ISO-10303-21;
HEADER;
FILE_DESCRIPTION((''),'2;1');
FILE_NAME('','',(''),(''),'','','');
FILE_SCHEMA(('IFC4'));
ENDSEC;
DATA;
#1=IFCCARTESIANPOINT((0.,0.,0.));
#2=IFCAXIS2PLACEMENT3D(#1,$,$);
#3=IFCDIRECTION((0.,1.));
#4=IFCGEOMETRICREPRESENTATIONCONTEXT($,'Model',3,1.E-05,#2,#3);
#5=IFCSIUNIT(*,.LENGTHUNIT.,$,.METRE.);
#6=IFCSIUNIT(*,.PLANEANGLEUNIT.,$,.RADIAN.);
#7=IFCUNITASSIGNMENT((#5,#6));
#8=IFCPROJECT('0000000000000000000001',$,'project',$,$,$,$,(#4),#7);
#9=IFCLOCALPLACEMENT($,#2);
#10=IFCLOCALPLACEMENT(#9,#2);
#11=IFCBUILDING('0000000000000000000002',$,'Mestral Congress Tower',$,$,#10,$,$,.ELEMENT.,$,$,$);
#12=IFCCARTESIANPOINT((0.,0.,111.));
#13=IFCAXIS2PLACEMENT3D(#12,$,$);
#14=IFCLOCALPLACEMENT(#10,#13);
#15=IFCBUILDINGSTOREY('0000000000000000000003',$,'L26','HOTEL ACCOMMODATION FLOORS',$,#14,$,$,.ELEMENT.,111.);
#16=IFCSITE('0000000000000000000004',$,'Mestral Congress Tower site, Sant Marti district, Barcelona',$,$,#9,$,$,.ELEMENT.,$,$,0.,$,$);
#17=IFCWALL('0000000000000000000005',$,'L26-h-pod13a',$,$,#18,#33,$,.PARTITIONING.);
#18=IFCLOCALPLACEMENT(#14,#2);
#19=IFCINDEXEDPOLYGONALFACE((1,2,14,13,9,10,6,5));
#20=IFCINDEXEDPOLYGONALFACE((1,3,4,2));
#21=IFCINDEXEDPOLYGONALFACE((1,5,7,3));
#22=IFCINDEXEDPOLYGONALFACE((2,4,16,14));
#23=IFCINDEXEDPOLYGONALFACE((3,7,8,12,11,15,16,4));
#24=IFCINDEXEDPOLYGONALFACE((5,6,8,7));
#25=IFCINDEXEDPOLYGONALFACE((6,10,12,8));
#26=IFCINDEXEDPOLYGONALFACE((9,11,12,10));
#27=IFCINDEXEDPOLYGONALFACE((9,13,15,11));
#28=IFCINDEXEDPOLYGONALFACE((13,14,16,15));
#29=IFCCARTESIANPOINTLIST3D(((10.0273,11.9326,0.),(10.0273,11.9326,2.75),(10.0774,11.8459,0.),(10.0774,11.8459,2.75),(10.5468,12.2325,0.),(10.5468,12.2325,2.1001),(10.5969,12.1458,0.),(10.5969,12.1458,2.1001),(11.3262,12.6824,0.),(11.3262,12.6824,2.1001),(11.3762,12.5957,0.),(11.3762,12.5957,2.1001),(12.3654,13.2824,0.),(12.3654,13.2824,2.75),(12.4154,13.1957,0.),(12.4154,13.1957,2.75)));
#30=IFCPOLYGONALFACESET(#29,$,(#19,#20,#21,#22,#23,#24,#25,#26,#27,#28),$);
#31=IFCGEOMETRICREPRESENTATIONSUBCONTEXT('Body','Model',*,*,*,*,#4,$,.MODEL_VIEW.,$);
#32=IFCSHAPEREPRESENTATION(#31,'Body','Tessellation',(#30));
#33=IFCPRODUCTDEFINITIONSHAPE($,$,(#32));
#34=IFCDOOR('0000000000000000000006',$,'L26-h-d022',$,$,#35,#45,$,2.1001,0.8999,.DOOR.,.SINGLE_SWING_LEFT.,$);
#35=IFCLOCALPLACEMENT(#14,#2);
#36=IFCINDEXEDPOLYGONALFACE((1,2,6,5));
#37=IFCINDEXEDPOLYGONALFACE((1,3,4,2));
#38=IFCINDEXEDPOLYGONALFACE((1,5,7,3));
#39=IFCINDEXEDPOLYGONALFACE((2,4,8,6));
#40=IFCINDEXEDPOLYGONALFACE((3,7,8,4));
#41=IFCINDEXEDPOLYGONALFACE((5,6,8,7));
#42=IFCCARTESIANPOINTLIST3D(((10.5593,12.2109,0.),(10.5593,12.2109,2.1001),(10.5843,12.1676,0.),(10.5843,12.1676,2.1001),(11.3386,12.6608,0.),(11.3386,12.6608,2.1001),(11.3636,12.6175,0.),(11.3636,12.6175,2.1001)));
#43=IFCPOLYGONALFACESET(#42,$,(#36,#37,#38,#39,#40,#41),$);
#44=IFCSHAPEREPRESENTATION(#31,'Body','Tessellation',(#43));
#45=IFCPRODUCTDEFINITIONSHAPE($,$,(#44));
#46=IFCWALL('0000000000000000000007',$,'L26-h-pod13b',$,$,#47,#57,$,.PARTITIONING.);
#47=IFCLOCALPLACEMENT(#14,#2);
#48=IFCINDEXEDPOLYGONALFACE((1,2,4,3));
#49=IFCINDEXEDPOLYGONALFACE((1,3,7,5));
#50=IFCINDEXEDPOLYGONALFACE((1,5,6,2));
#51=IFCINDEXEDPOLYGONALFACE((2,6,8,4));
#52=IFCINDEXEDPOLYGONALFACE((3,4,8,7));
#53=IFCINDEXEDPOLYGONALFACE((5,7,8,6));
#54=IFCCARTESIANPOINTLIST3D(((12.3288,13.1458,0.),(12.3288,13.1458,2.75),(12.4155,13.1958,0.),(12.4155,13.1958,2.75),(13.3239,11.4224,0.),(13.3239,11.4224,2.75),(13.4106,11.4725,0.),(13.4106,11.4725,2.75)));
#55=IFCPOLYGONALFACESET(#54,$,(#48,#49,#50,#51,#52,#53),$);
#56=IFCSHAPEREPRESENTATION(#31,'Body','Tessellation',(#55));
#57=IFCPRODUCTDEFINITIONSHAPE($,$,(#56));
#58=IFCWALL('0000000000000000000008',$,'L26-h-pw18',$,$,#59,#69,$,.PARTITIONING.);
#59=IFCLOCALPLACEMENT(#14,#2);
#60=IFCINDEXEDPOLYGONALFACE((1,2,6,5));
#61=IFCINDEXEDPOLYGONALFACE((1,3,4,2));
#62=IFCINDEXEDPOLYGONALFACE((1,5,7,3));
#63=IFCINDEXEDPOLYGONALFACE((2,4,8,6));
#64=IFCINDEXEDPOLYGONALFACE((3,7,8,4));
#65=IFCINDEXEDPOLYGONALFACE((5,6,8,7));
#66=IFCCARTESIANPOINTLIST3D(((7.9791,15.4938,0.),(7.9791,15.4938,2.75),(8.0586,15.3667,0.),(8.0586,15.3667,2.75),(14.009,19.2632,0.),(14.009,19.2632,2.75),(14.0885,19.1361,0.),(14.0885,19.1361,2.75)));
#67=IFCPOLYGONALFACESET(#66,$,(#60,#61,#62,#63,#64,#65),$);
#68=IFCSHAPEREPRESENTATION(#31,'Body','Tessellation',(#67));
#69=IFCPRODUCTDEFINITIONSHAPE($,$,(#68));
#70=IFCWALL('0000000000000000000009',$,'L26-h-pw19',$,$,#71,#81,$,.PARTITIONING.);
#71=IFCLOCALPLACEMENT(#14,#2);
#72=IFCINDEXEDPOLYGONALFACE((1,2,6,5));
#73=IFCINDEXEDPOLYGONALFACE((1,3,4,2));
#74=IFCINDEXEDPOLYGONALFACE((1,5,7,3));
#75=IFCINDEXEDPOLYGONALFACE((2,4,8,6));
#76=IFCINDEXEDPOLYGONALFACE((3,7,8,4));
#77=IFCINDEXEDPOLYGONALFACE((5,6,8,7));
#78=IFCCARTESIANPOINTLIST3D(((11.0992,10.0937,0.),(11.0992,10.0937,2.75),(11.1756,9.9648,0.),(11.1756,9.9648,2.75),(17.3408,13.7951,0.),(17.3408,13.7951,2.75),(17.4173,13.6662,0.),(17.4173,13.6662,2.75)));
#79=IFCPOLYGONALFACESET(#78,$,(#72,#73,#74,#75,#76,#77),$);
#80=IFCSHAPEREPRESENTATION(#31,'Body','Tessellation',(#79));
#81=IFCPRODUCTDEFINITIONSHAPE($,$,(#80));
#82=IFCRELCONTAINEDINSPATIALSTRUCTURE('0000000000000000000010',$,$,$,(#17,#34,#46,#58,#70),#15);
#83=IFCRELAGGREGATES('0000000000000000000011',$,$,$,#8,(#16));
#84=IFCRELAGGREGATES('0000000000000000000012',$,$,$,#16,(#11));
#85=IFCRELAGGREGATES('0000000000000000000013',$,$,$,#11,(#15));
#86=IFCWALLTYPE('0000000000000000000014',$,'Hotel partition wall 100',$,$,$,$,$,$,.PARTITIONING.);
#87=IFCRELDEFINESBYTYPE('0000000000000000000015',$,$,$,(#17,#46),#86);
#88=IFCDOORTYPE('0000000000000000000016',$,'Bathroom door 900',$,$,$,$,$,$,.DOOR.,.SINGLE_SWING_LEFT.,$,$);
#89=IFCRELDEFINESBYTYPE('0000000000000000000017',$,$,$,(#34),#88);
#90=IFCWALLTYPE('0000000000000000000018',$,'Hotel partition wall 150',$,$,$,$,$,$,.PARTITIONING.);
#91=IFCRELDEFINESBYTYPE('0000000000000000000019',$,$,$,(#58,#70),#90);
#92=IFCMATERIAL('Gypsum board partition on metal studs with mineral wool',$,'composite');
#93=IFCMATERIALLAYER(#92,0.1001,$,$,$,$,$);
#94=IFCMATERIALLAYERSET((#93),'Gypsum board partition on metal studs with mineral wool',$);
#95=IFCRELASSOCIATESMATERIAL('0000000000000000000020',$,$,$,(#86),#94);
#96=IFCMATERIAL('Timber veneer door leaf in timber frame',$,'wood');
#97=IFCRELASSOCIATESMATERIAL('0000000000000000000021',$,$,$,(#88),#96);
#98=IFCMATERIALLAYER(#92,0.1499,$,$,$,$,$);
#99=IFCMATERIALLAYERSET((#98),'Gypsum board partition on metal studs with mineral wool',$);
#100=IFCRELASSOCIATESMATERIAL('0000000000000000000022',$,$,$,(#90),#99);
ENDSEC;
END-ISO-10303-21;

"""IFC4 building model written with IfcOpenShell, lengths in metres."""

from ifc_helpers import new_model, si_unit, direction, frame, frame_2d, origin, place, context, subcontext, project, spatial, rectangle, extrude, material, layer, layer_set, type_object, element, fill, save


model = new_model("IFC4")

# Units and contexts
model_context = context("Model", 3, precision=1e-05, world=origin(), true_north=direction((0.0, 1.0)))
body_context = subcontext(model_context, "Body", "Model", "MODEL_VIEW")
ifc_project = project(units=[si_unit("LENGTHUNIT", "METRE"), si_unit("PLANEANGLEUNIT", "RADIAN")], contexts=[model_context])

# Site, building, storey
site_placement = place(None, origin())
site = spatial("IfcSite", under=ifc_project, at=site_placement, Name="Mestral Congress Tower site, Sant Marti district, Barcelona", CompositionType="ELEMENT", RefElevation=0.0)
building_placement = place(site_placement, origin())
building = spatial("IfcBuilding", under=site, at=building_placement, Name="Mestral Congress Tower", CompositionType="ELEMENT")
storey_placement = place(building_placement, frame((0.0, 0.0, 111.0)))
storey = spatial("IfcBuildingStorey", under=building, at=storey_placement, Name="L26", Description="HOTEL ACCOMMODATION FLOORS", CompositionType="ELEMENT", Elevation=111.0)

# Wall, opening, door
ifc_material_1 = material(Name="Gypsum board partition on metal studs with mineral wool", Category="composite")
ifc_layer_1 = layer(ifc_material_1, 0.1001)
ifc_layer_set_1 = layer_set([ifc_layer_1], Name="Gypsum board partition on metal studs with mineral wool")
wall_type_1 = type_object("IfcWallType", Name="Hotel partition wall 100", PredefinedType="PARTITIONING", material=ifc_layer_set_1)
wall_1_placement = place(storey_placement, frame((12.3904, 13.239, 0.0), z_axis=(0.0, 0.0, 1.0), x_axis=(-0.866037, -0.499981, 0.0)))
wall_1 = element("IfcWall", 1, at=wall_1_placement, inside=storey, type_object=wall_type_1, Name="L26-h-pod13a", PredefinedType="PARTITIONING", context=body_context, shape_type="SweptSolid", body=[
    extrude(rectangle(XDim=2.6997, YDim=0.1001, at=frame_2d((1.3499, 0.0))), origin(), (0.0, 0.0, 1.0), 2.75),
])
opening_1_placement = place(wall_1_placement, frame((1.2, 0.0, 0.0)))
opening_1 = element("IfcOpeningElement", 2, at=opening_1_placement, cuts=wall_1, PredefinedType="OPENING", context=body_context, shape_type="SweptSolid", body=[
    extrude(rectangle(XDim=0.8999, YDim=2.1001, at=frame_2d((0.45, 1.05))), frame((0.0, 0.0601, 0.0), z_axis=(0.0, -1.0, 0.0), x_axis=(1.0, 0.0, 0.0)), (0.0, 0.0, 1.0), 0.1201),
])
ifc_material_2 = material(Name="Timber veneer door leaf in timber frame", Category="wood")
door_type = type_object("IfcDoorType", Name="Bathroom door 900", OperationType="SINGLE_SWING_LEFT", PredefinedType="DOOR", material=ifc_material_2)
door_placement = place(opening_1_placement, origin())
door = element("IfcDoor", 3, at=door_placement, inside=storey, type_object=door_type, Name="L26-h-d022", OperationType="SINGLE_SWING_LEFT", OverallHeight=2.1001, OverallWidth=0.8999, PredefinedType="DOOR", context=body_context, shape_type="SweptSolid", body=[
    extrude(rectangle(XDim=0.8999, YDim=2.1001, at=frame_2d((0.45, 1.05))), frame((0.0, 0.0249, 0.0), z_axis=(0.0, -1.0, 0.0), x_axis=(1.0, 0.0, 0.0)), (0.0, 0.0, 1.0), 0.05),
])
fill(opening_1, door)

# Walls
wall_2_placement = place(storey_placement, frame((12.3721, 13.1709, 0.0), z_axis=(0.0, 0.0, 1.0), x_axis=(0.500045, -0.866, 0.0)))
element("IfcWall", 4, at=wall_2_placement, inside=storey, type_object=wall_type_1, Name="L26-h-pod13b", PredefinedType="PARTITIONING", context=body_context, shape_type="SweptSolid", body=[
    extrude(rectangle(XDim=1.99, YDim=0.1001, at=frame_2d((0.9951, 0.0))), origin(), (0.0, 0.0, 1.0), 2.75),
])
ifc_layer_2 = layer(ifc_material_1, 0.1499)
ifc_layer_set_2 = layer_set([ifc_layer_2], Name="Gypsum board partition on metal studs with mineral wool")
wall_type_2 = type_object("IfcWallType", Name="Hotel partition wall 150", PredefinedType="PARTITIONING", material=ifc_layer_set_2)
wall_3_placement = place(storey_placement, frame((14.0488, 19.1997, 0.0), z_axis=(0.0, 0.0, 1.0), x_axis=(-0.847956, -0.530067, 0.0)))
element("IfcWall", 5, at=wall_3_placement, inside=storey, type_object=wall_type_2, Name="L26-h-pw18", PredefinedType="PARTITIONING", context=body_context, shape_type="SweptSolid", body=[
    extrude(rectangle(XDim=7.1111, YDim=0.1499, at=frame_2d((3.5557, 0.0))), origin(), (0.0, 0.0, 1.0), 2.75),
])
wall_4_placement = place(storey_placement, frame((17.3792, 13.7307, 0.0), z_axis=(0.0, 0.0, 1.0), x_axis=(-0.860132, -0.510071, 0.0)))
element("IfcWall", 6, at=wall_4_placement, inside=storey, type_object=wall_type_2, Name="L26-h-pw19", PredefinedType="PARTITIONING", context=body_context, shape_type="SweptSolid", body=[
    extrude(rectangle(XDim=7.2566, YDim=0.1499, at=frame_2d((3.6284, 0.0))), origin(), (0.0, 0.0, 1.0), 2.75),
])

save(model, "model.ifc")
